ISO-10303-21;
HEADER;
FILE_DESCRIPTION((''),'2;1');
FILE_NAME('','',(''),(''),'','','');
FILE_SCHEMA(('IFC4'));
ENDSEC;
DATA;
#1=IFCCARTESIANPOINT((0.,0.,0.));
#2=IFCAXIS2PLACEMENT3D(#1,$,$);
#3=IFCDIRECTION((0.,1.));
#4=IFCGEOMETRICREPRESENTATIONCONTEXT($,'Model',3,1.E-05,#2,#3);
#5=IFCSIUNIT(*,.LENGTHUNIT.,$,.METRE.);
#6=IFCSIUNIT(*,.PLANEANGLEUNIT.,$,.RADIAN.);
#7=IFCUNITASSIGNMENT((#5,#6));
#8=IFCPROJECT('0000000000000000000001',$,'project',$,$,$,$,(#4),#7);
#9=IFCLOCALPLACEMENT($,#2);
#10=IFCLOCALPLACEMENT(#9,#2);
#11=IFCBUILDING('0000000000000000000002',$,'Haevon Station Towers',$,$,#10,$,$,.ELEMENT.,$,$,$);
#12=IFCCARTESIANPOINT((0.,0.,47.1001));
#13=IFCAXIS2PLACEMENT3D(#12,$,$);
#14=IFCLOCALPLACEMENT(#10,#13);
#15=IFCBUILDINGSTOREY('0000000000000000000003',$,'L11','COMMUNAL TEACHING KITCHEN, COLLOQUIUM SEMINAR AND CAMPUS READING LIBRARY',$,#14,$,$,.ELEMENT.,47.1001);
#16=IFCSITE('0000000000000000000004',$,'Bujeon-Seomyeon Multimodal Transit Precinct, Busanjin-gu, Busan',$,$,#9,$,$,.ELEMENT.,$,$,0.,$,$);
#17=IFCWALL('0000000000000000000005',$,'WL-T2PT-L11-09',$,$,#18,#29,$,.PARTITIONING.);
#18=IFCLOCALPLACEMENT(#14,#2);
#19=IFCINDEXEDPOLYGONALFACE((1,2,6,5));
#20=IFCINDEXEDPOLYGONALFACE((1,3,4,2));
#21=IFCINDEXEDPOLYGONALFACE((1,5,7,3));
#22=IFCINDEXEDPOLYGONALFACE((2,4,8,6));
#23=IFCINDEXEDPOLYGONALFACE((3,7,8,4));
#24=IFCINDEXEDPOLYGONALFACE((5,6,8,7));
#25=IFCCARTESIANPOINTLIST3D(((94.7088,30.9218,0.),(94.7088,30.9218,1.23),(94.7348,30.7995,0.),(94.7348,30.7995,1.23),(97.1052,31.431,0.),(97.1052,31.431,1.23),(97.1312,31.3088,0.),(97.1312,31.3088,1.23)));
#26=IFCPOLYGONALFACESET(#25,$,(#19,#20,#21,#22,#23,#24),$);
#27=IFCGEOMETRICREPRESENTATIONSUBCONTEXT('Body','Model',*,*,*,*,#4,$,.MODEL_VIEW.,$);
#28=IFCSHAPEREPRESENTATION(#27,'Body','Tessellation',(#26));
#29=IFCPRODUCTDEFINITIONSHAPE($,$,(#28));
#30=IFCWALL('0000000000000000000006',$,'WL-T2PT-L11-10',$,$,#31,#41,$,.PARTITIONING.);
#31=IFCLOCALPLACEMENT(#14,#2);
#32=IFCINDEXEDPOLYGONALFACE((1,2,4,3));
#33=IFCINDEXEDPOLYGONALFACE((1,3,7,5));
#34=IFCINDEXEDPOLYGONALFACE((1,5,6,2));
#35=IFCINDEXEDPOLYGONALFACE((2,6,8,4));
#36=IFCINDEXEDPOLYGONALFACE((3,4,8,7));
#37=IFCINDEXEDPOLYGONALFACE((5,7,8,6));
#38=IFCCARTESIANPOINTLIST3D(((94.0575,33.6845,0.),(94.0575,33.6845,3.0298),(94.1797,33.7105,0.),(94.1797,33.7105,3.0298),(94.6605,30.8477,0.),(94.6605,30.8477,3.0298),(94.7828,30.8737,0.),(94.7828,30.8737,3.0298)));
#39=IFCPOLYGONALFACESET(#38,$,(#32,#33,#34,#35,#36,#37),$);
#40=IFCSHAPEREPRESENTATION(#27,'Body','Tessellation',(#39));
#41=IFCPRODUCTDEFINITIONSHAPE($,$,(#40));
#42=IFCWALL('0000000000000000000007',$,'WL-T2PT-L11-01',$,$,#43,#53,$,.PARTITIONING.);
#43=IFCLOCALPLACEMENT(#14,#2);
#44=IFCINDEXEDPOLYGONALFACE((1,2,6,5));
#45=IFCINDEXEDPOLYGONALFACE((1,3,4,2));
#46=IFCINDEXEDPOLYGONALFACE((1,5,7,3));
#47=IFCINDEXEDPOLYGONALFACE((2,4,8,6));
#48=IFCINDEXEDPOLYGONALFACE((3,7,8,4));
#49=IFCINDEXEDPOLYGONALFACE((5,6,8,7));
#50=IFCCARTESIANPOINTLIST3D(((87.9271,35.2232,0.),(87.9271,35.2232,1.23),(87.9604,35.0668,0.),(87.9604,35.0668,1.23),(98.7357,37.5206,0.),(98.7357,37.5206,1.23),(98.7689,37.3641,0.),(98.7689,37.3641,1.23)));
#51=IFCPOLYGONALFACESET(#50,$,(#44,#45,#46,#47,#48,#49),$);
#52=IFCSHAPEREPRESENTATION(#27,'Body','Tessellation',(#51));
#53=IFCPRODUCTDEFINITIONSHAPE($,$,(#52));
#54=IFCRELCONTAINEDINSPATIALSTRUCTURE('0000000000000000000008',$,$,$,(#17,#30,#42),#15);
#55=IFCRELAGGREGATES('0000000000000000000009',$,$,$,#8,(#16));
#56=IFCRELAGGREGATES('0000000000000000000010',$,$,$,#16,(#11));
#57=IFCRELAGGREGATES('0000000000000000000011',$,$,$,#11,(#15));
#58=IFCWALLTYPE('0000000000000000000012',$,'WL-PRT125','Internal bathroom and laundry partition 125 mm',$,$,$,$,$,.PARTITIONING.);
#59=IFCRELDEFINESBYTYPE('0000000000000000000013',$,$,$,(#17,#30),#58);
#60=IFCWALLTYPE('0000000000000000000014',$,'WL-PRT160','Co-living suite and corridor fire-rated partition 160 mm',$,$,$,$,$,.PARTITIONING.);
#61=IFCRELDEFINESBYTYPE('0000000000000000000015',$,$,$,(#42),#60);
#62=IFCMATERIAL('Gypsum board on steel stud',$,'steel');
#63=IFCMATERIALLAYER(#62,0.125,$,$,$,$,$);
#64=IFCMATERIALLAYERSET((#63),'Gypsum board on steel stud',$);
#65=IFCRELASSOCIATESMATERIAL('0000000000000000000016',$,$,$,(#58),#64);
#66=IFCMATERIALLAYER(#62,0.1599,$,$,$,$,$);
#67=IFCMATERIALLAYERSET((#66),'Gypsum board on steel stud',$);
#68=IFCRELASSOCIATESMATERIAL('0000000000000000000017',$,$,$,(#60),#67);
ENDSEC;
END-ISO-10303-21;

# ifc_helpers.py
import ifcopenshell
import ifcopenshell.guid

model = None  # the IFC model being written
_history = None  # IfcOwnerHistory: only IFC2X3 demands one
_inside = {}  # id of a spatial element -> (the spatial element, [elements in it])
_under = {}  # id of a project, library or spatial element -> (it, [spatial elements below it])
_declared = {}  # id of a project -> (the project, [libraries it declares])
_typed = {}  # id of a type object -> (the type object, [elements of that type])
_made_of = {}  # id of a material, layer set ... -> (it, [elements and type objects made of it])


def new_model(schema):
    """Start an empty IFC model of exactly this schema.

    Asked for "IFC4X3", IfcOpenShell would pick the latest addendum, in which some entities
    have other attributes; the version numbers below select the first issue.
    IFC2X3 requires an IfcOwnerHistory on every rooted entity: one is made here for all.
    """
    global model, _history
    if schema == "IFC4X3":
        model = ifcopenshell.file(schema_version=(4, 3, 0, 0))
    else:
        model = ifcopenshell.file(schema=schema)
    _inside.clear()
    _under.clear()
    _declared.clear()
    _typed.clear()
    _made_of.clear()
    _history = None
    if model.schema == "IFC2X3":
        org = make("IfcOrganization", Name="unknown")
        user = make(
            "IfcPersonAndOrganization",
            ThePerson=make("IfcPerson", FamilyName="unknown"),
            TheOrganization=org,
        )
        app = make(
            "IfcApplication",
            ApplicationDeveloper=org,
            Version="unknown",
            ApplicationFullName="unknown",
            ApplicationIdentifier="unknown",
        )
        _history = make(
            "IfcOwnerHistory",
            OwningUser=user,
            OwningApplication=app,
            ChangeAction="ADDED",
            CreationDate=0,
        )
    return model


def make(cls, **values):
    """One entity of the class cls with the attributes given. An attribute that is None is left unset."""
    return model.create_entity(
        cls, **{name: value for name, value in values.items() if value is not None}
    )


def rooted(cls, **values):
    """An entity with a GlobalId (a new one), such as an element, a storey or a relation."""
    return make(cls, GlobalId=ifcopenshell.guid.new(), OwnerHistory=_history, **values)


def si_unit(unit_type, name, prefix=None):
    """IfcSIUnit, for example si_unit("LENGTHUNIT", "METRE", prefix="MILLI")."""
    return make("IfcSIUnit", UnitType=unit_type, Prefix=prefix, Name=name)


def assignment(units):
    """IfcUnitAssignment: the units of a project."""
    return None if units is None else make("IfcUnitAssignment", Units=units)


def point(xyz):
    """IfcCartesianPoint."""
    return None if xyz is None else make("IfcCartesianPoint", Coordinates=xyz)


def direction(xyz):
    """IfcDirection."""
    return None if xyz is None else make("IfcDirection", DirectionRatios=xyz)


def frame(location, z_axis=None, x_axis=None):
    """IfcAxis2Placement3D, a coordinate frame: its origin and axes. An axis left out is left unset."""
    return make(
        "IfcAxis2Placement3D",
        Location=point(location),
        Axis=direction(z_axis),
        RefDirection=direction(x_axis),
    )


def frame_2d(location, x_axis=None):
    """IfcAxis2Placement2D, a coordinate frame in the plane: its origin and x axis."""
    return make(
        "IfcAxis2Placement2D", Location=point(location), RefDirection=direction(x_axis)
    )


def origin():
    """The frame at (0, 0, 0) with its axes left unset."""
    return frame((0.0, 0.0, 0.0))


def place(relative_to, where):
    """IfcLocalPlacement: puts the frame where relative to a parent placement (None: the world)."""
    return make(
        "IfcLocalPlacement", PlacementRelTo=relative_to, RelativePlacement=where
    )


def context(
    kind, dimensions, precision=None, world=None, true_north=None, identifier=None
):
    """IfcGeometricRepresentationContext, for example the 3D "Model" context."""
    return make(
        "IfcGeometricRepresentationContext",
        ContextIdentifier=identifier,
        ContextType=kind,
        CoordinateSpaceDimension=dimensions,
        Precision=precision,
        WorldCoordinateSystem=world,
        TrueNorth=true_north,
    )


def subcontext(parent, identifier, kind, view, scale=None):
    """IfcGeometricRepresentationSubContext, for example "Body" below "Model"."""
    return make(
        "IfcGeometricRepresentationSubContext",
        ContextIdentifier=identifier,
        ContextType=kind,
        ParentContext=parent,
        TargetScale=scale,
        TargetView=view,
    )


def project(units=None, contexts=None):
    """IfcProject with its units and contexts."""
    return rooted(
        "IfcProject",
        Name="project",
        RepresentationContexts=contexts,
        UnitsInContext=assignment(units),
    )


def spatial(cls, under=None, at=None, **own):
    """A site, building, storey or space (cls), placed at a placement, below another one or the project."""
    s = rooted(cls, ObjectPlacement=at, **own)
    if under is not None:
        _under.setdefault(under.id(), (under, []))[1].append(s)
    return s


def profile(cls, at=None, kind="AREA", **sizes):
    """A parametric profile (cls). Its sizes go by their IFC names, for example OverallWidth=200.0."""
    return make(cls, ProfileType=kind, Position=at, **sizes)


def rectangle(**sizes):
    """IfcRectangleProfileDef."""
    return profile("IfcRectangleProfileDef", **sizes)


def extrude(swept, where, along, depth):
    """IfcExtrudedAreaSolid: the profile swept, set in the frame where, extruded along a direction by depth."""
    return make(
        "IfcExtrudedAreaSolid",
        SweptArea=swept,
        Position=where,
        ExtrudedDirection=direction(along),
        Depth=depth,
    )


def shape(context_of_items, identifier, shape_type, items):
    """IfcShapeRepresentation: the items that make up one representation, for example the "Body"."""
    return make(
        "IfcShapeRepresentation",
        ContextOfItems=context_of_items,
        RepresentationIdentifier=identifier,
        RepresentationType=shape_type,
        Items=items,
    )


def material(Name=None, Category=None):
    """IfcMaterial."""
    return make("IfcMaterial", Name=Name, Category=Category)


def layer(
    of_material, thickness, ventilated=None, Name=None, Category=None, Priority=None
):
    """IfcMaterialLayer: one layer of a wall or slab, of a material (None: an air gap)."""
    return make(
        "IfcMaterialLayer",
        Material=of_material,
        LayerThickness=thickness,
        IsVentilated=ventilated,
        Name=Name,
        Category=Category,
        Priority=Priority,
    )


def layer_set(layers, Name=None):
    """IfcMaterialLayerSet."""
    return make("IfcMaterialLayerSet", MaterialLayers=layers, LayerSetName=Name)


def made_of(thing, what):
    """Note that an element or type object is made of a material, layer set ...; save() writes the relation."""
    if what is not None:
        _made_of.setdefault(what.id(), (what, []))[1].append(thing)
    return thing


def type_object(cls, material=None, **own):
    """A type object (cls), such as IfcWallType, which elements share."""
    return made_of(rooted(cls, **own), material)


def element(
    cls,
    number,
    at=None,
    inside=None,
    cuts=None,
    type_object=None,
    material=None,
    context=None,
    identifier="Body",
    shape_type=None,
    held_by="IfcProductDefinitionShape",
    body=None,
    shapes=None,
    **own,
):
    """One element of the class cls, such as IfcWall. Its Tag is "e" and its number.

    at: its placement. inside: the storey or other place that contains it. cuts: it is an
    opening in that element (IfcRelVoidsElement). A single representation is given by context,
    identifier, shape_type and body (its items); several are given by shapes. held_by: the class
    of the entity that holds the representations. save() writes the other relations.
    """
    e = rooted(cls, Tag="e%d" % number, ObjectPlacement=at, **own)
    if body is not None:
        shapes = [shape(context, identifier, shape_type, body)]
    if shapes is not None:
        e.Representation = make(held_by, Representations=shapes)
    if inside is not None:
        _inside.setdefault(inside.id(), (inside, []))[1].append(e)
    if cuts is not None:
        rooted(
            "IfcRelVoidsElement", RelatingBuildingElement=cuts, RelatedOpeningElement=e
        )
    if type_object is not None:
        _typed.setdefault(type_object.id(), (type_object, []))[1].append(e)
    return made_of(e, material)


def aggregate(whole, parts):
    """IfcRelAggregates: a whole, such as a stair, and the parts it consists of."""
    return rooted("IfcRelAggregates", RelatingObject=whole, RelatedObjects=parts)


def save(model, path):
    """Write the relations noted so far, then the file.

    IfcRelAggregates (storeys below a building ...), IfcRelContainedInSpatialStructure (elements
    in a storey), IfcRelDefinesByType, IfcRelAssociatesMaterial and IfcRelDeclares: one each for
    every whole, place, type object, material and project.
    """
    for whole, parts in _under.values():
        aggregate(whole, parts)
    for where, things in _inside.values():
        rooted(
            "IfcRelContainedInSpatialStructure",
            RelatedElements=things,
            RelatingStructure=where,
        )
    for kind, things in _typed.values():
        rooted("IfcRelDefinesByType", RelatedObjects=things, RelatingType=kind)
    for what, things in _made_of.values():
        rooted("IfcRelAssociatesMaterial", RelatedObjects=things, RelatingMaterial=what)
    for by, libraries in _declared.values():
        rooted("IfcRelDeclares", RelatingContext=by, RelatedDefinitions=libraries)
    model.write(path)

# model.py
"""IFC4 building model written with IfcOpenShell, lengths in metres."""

from ifc_helpers import new_model, si_unit, direction, frame, frame_2d, origin, place, context, subcontext, project, spatial, rectangle, extrude, material, layer, layer_set, type_object, element, save


model = new_model("IFC4")

# Units and contexts
model_context = context("Model", 3, precision=1e-05, world=origin(), true_north=direction((0.0, 1.0)))
body_context = subcontext(model_context, "Body", "Model", "MODEL_VIEW")
ifc_project = project(units=[si_unit("LENGTHUNIT", "METRE"), si_unit("PLANEANGLEUNIT", "RADIAN")], contexts=[model_context])

# Site, building, storey
site_placement = place(None, origin())
site = spatial("IfcSite", under=ifc_project, at=site_placement, Name="Bujeon-Seomyeon Multimodal Transit Precinct, Busanjin-gu, Busan", CompositionType="ELEMENT", RefElevation=0.0)
building_placement = place(site_placement, origin())
building = spatial("IfcBuilding", under=site, at=building_placement, Name="Haevon Station Towers", CompositionType="ELEMENT")
storey_placement = place(building_placement, frame((0.0, 0.0, 47.1001)))
storey = spatial("IfcBuildingStorey", under=building, at=storey_placement, Name="L11", Description="COMMUNAL TEACHING KITCHEN, COLLOQUIUM SEMINAR AND CAMPUS READING LIBRARY", CompositionType="ELEMENT", Elevation=47.1001)

# Walls
ifc_material_1 = material(Name="Gypsum board on steel stud", Category="steel")
ifc_layer_1 = layer(ifc_material_1, 0.125)
ifc_layer_set_1 = layer_set([ifc_layer_1], Name="Gypsum board on steel stud")
wall_type_1 = type_object("IfcWallType", Name="WL-PRT125", Description="Internal bathroom and laundry partition 125 mm", PredefinedType="PARTITIONING", material=ifc_layer_set_1)
wall_1_placement = place(storey_placement, frame((94.7217, 30.8606, 0.0), z_axis=(0.0, 0.0, 1.0), x_axis=(0.978157, 0.207868, 0.0)))
element("IfcWall", 1, at=wall_1_placement, inside=storey, type_object=wall_type_1, Name="WL-T2PT-L11-09", PredefinedType="PARTITIONING", context=body_context, shape_type="SweptSolid", body=[
    extrude(rectangle(XDim=2.45, YDim=0.125, at=frame_2d((1.2251, 0.0))), origin(), (0.0, 0.0, 1.0), 1.23),
])
wall_2_placement = place(storey_placement, frame((94.7217, 30.8606, 0.0), z_axis=(0.0, 0.0, 1.0), x_axis=(-0.207936, 0.978142, 0.0)))
element("IfcWall", 2, at=wall_2_placement, inside=storey, type_object=wall_type_1, Name="WL-T2PT-L11-10", PredefinedType="PARTITIONING", context=body_context, shape_type="SweptSolid", body=[
    extrude(rectangle(XDim=2.9001, YDim=0.125, at=frame_2d((1.4502, 0.0))), origin(), (0.0, 0.0, 1.0), 3.0298),
])
ifc_layer_2 = layer(ifc_material_1, 0.1599)
ifc_layer_set_2 = layer_set([ifc_layer_2], Name="Gypsum board on steel stud")
wall_type_2 = type_object("IfcWallType", Name="WL-PRT160", Description="Co-living suite and corridor fire-rated partition 160 mm", PredefinedType="PARTITIONING", material=ifc_layer_set_2)
wall_3_placement = place(storey_placement, frame((87.9438, 35.145, 0.0), z_axis=(0.0, 0.0, 1.0), x_axis=(0.978149, 0.207905, 0.0)))
element("IfcWall", 3, at=wall_3_placement, inside=storey, type_object=wall_type_2, Name="WL-T2PT-L11-01", PredefinedType="PARTITIONING", context=body_context, shape_type="SweptSolid", body=[
    extrude(rectangle(XDim=11.05, YDim=0.1599, at=frame_2d((5.5249, 0.0))), origin(), (0.0, 0.0, 1.0), 1.23),
])

save(model, "model.ifc")
